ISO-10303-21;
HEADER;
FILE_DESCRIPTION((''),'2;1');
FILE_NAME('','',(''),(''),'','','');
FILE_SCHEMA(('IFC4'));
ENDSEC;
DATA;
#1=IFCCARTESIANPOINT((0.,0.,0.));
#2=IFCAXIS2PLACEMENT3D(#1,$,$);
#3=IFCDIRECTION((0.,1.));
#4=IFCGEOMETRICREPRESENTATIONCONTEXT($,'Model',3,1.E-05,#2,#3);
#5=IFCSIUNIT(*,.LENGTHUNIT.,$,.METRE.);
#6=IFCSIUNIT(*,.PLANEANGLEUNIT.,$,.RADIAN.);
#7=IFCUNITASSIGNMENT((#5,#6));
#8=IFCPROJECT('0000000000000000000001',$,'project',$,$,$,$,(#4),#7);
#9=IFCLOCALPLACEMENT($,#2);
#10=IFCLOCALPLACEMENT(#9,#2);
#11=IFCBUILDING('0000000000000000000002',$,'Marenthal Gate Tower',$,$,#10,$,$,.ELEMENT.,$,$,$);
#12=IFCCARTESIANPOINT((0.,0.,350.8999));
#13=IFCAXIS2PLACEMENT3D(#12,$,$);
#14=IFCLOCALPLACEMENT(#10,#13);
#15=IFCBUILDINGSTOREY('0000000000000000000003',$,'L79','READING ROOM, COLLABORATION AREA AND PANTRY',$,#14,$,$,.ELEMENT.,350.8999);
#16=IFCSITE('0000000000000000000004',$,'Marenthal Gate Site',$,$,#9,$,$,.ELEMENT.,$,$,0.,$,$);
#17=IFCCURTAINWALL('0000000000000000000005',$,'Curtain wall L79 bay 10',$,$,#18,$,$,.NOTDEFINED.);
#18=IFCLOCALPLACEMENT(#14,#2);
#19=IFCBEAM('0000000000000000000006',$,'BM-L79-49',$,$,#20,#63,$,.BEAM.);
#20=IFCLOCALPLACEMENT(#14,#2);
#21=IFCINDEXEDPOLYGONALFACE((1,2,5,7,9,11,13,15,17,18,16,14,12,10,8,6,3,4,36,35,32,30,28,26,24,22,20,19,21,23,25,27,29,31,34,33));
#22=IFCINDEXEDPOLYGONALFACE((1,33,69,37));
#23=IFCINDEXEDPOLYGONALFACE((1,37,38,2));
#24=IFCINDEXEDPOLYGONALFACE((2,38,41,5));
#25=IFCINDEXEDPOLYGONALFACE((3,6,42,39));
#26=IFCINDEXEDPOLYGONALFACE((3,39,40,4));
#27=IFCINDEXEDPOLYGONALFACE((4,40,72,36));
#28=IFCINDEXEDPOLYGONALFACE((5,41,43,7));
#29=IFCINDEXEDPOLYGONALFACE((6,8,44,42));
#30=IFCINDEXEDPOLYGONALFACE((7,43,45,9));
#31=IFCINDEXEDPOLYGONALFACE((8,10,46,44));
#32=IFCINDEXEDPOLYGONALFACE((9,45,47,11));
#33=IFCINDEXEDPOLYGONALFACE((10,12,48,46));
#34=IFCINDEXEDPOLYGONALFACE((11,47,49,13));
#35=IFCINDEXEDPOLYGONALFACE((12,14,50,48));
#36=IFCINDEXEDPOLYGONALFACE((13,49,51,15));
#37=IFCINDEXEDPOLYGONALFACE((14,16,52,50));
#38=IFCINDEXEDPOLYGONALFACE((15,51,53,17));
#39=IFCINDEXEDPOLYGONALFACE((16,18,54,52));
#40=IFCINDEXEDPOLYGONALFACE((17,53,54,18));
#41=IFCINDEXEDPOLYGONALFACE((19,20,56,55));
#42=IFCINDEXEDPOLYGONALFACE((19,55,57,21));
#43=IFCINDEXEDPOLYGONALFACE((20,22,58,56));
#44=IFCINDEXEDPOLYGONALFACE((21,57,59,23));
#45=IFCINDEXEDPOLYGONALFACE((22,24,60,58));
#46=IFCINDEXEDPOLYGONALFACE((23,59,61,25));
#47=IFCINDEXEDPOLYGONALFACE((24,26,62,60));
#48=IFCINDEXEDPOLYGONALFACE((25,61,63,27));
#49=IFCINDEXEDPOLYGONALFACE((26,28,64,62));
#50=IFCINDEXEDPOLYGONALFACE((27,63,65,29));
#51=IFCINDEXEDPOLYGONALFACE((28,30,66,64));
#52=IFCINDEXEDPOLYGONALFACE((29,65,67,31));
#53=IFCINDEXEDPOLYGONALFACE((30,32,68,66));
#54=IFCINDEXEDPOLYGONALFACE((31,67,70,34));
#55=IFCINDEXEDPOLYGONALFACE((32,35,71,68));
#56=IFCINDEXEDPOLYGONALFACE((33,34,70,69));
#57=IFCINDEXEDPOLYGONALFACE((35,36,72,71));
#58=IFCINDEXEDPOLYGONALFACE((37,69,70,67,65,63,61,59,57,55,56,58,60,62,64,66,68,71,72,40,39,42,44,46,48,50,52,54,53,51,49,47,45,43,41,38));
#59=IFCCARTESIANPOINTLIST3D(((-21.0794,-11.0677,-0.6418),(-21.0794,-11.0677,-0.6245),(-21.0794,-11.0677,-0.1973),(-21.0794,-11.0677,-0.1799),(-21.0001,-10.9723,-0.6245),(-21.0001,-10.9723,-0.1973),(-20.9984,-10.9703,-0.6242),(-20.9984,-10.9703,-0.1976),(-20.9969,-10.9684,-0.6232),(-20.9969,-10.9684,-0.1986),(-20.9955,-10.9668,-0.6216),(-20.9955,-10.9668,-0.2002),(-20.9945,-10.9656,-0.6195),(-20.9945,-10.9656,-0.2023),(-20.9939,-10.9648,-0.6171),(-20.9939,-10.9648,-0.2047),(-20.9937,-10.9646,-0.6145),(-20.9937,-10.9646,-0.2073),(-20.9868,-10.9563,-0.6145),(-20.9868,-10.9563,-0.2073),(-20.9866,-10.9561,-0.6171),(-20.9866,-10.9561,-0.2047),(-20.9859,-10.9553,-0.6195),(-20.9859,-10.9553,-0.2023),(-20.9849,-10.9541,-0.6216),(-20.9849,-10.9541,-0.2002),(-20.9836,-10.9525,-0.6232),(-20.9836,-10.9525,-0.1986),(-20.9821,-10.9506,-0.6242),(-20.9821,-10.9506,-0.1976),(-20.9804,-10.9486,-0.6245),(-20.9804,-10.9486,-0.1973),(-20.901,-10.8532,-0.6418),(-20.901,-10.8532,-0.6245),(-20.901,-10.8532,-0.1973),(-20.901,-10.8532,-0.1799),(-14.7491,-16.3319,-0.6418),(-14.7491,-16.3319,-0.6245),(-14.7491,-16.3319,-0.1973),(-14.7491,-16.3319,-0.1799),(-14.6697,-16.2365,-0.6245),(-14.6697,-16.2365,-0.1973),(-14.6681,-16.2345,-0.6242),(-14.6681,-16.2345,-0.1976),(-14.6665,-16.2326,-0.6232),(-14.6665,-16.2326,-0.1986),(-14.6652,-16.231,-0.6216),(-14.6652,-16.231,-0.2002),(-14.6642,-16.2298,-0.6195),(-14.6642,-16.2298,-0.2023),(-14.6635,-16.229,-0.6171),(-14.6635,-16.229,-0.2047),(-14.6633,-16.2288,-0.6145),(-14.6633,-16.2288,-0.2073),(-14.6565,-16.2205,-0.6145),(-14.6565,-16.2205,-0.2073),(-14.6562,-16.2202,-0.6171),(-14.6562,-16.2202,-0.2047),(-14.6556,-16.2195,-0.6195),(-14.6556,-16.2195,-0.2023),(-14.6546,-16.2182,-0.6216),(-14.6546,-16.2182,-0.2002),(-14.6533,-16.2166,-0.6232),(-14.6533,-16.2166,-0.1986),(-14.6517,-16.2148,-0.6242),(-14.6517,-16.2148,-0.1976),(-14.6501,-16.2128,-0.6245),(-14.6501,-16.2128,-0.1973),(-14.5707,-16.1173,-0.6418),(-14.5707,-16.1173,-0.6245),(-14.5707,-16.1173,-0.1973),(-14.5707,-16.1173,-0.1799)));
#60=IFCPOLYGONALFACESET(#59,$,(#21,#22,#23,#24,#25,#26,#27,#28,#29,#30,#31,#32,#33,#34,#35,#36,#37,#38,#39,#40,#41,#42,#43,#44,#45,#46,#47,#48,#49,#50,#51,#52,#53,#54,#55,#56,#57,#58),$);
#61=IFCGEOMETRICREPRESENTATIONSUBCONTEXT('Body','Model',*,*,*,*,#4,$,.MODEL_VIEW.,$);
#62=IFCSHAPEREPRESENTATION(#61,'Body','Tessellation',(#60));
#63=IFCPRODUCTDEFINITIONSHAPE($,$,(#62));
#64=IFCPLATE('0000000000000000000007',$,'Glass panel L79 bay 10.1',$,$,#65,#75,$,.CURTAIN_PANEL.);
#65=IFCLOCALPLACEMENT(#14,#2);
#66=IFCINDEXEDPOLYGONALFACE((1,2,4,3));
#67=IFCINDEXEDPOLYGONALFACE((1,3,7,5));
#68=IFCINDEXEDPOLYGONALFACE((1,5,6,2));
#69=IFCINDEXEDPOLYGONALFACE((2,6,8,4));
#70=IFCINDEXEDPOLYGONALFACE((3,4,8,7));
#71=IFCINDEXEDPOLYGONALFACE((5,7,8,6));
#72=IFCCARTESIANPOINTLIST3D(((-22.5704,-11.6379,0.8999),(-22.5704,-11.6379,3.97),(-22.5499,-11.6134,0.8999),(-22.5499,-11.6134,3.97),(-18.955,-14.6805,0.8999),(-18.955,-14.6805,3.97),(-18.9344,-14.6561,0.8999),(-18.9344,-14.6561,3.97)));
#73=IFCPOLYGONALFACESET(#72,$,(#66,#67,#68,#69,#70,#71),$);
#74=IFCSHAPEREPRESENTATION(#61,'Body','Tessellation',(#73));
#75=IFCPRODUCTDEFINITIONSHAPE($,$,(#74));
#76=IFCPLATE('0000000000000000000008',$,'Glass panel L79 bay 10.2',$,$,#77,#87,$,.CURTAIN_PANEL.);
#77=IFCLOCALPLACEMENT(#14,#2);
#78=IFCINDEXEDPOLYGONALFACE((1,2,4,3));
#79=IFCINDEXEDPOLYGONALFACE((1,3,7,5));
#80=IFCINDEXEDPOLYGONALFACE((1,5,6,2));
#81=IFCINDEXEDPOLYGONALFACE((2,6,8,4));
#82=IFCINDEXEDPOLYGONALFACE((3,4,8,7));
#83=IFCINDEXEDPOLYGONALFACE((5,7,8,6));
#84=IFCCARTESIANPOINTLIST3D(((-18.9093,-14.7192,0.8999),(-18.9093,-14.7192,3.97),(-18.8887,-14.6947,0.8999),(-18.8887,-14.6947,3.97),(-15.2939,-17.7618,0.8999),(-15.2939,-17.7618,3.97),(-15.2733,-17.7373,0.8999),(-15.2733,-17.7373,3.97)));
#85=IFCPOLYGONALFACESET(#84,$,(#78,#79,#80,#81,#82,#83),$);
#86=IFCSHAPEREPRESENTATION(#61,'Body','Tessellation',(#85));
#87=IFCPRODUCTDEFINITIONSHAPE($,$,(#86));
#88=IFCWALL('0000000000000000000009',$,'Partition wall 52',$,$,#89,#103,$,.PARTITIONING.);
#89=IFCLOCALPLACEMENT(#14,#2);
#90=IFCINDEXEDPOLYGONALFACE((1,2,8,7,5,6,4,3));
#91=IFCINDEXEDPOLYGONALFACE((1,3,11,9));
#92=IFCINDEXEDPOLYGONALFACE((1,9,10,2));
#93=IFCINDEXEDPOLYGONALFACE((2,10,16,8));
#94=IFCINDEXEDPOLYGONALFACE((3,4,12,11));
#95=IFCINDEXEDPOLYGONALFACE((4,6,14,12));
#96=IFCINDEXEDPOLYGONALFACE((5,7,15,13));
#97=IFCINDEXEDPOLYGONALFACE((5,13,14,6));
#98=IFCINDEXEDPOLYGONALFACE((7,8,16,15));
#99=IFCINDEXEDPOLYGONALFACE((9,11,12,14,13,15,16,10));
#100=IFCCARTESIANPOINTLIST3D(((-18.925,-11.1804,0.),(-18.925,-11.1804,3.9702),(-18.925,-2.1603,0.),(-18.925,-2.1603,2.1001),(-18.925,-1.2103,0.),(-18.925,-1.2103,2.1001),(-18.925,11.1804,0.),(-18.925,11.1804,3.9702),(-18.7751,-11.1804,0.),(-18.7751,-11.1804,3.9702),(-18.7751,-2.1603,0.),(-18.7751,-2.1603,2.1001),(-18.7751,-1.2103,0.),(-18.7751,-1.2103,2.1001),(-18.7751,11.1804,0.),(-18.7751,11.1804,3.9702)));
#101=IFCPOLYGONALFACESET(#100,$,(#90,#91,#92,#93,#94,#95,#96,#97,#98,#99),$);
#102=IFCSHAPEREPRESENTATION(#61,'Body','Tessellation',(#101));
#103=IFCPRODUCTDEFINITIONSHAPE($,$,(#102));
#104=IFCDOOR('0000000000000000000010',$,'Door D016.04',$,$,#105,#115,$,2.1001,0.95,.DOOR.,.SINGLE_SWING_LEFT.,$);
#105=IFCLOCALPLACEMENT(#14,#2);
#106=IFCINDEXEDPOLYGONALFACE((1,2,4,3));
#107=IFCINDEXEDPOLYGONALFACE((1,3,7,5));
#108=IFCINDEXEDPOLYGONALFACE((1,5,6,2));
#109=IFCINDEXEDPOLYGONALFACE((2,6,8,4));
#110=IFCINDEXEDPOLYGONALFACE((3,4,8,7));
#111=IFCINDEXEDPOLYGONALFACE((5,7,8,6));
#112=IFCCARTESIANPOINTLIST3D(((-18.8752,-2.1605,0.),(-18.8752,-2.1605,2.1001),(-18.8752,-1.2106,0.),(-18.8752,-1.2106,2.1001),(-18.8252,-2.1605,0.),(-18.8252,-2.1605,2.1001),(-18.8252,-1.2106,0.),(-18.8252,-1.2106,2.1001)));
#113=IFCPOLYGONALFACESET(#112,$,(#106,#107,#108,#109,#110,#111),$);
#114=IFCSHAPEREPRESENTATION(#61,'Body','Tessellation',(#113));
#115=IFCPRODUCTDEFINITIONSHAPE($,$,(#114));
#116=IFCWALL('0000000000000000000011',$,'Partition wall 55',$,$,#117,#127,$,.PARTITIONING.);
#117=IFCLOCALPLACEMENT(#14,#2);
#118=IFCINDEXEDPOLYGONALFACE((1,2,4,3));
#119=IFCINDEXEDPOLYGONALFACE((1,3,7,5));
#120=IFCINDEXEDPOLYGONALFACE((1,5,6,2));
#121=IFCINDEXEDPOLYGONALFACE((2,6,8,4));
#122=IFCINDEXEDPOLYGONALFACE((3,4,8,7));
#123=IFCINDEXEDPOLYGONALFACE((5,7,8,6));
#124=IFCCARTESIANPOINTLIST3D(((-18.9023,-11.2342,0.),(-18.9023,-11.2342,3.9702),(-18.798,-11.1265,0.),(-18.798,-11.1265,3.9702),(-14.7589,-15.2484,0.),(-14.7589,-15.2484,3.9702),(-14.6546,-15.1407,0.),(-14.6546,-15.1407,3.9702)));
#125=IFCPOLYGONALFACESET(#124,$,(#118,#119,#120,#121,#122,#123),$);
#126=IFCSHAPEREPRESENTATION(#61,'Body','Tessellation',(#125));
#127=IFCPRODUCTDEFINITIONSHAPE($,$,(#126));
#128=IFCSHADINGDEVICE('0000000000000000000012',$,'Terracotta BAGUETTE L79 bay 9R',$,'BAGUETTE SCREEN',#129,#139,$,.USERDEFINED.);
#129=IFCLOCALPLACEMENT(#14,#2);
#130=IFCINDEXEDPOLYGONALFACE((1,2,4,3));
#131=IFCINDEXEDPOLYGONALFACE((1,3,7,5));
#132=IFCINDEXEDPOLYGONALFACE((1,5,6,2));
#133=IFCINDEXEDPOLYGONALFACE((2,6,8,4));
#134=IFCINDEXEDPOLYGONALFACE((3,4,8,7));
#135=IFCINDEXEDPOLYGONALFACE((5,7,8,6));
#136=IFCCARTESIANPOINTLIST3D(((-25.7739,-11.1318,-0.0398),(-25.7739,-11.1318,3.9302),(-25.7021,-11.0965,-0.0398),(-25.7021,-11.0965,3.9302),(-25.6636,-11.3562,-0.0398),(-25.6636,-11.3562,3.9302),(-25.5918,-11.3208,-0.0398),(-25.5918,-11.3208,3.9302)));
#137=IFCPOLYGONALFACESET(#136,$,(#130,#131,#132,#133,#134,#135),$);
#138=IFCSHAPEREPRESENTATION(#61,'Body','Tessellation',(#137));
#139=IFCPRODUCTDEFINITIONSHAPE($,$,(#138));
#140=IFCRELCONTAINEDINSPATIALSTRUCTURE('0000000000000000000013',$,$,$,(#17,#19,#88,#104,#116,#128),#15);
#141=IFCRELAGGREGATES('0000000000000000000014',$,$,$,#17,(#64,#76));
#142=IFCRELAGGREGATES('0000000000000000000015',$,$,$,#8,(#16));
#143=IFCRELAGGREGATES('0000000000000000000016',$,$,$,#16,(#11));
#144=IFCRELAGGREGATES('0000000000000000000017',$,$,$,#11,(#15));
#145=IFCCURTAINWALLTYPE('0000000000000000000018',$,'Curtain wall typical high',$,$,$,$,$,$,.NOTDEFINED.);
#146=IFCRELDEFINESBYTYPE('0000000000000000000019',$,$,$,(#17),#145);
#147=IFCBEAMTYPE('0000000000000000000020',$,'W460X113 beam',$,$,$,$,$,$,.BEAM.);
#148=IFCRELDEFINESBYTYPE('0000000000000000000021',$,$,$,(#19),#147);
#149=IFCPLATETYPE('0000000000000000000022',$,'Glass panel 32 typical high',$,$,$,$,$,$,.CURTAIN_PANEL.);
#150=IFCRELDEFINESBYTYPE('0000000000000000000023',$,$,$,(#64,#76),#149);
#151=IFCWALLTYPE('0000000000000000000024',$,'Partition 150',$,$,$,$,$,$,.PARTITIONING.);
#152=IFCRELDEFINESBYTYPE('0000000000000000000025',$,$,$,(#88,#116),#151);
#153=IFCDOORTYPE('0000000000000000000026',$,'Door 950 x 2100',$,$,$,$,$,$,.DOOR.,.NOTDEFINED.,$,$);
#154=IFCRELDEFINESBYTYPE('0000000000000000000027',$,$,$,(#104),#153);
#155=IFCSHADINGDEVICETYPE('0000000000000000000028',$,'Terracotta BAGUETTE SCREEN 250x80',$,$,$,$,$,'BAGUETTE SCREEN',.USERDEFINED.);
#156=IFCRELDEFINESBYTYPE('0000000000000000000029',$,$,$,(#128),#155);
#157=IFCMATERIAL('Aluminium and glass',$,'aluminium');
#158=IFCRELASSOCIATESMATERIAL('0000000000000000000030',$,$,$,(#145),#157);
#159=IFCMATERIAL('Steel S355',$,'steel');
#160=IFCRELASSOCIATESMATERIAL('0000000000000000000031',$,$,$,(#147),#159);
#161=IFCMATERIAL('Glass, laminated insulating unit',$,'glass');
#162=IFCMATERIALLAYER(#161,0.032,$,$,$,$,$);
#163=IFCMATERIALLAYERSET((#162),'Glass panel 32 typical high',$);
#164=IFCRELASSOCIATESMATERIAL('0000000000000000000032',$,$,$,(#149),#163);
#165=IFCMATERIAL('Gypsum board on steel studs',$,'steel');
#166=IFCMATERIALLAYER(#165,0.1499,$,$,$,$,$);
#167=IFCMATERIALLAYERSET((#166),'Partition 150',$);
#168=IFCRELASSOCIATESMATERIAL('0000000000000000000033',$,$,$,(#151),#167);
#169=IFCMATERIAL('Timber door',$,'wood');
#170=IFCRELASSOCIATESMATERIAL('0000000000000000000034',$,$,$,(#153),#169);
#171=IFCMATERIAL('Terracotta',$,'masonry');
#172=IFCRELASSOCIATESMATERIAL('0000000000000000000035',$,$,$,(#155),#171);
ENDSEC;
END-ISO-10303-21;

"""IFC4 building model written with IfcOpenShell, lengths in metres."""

from ifc_helpers import new_model, si_unit, direction, frame, frame_2d, origin, origin_2d, place, context, subcontext, project, spatial, rectangle, i_section, extrude, material, layer, layer_set, material_profile, profile_set, type_object, element, fill, aggregate, save


model = new_model("IFC4")

# Units and contexts
model_context = context("Model", 3, precision=1e-05, world=origin(), true_north=direction((0.0, 1.0)))
body_context = subcontext(model_context, "Body", "Model", "MODEL_VIEW")
ifc_project = project(units=[si_unit("LENGTHUNIT", "METRE"), si_unit("PLANEANGLEUNIT", "RADIAN")], contexts=[model_context])

# Site, building, storey
site_placement = place(None, origin())
site = spatial("IfcSite", under=ifc_project, at=site_placement, Name="Marenthal Gate Site", CompositionType="ELEMENT", RefElevation=0.0)
building_placement = place(site_placement, origin())
building = spatial("IfcBuilding", under=site, at=building_placement, Name="Marenthal Gate Tower", CompositionType="ELEMENT")
storey_placement = place(building_placement, frame((0.0, 0.0, 350.8999)))
storey = spatial("IfcBuildingStorey", under=building, at=storey_placement, Name="L79", Description="READING ROOM, COLLABORATION AREA AND PANTRY", CompositionType="ELEMENT", Elevation=350.8999)

# Curtain wall
ifc_material_1 = material(Name="Aluminium and glass", Category="aluminium")
curtain_wall_type = type_object("IfcCurtainWallType", Name="Curtain wall typical high", PredefinedType="NOTDEFINED", material=ifc_material_1)
curtain_wall_placement = place(storey_placement, origin())
curtain_wall = element("IfcCurtainWall", 1, at=curtain_wall_placement, inside=storey, type_object=curtain_wall_type, Name="Curtain wall L79 bay 10", PredefinedType="NOTDEFINED")

# Beam
ifc_material_2 = material(Name="Steel S355", Category="steel")
ifc_material_profile_1 = material_profile(ifc_material_2, i_section(OverallWidth=0.2791, OverallDepth=0.4619, WebThickness=0.0107, FlangeThickness=0.0173, FilletRadius=0.01, at=origin_2d()), Name="W460X113")
ifc_profile_set_1 = profile_set([ifc_material_profile_1], Name="Steel S355")
beam_type_1 = type_object("IfcBeamType", Name="W460X113 beam", PredefinedType="BEAM", material=ifc_profile_set_1)
beam_1_placement = place(storey_placement, frame((-20.9902, -10.9604, -0.4109), z_axis=(0.768884, -0.639388, 0.0), x_axis=(0.639388, 0.768884, 0.0)))
element("IfcBeam", 2, at=beam_1_placement, inside=storey, type_object=beam_type_1, Name="BM-L79-49", PredefinedType="BEAM", context=body_context, shape_type="SweptSolid", body=[
    extrude(i_section(OverallWidth=0.2791, OverallDepth=0.4619, WebThickness=0.0107, FlangeThickness=0.0173, FilletRadius=0.01, at=origin_2d()), origin(), (0.0, 0.0, 1.0), 8.2332),
])

# Plates
ifc_material_3 = material(Name="Glass, laminated insulating unit", Category="glass")
ifc_layer_1 = layer(ifc_material_3, 0.032)
ifc_layer_set_1 = layer_set([ifc_layer_1], Name="Glass panel 32 typical high")
plate_type = type_object("IfcPlateType", Name="Glass panel 32 typical high", PredefinedType="CURTAIN_PANEL", material=ifc_layer_set_1)
plate_1_placement = place(storey_placement, frame((-20.7524, -13.147, 0.8999), z_axis=(0.0, 0.0, 1.0), x_axis=(0.765113, -0.643896, 0.0)))
plate_1 = element("IfcPlate", 3, at=plate_1_placement, type_object=plate_type, Name="Glass panel L79 bay 10.1", PredefinedType="CURTAIN_PANEL", context=body_context, shape_type="SweptSolid", body=[
    extrude(rectangle(XDim=4.7253, YDim=0.032, at=origin_2d()), origin(), (0.0, 0.0, 1.0), 3.0701),
])
plate_2_placement = place(storey_placement, frame((-17.0913, -16.2283, 0.8999), z_axis=(0.0, 0.0, 1.0), x_axis=(0.765113, -0.643896, 0.0)))
plate_2 = element("IfcPlate", 4, at=plate_2_placement, type_object=plate_type, Name="Glass panel L79 bay 10.2", PredefinedType="CURTAIN_PANEL", context=body_context, shape_type="SweptSolid", body=[
    extrude(rectangle(XDim=4.7253, YDim=0.032, at=origin_2d()), origin(), (0.0, 0.0, 1.0), 3.0701),
])
aggregate(curtain_wall, [plate_1, plate_2])

# Wall, opening, door
ifc_material_4 = material(Name="Gypsum board on steel studs", Category="steel")
ifc_layer_2 = layer(ifc_material_4, 0.1499)
ifc_layer_set_2 = layer_set([ifc_layer_2], Name="Partition 150")
wall_type_1 = type_object("IfcWallType", Name="Partition 150", PredefinedType="PARTITIONING", material=ifc_layer_set_2)
wall_1_placement = place(storey_placement, frame((-18.8501, -11.1804, 0.0), z_axis=(0.0, 0.0, 1.0), x_axis=(0.0, 1.0, 0.0)))
wall_1 = element("IfcWall", 5, at=wall_1_placement, inside=storey, type_object=wall_type_1, Name="Partition wall 52", PredefinedType="PARTITIONING", context=body_context, shape_type="SweptSolid", body=[
    extrude(rectangle(XDim=22.3608, YDim=0.1499, at=frame_2d((11.1804, 0.0))), origin(), (0.0, 0.0, 1.0), 3.9702),
])
opening_1_placement = place(wall_1_placement, frame((9.02, 0.0, 0.0)))
opening_1 = element("IfcOpeningElement", 6, at=opening_1_placement, cuts=wall_1, PredefinedType="OPENING", context=body_context, shape_type="SweptSolid", body=[
    extrude(rectangle(XDim=0.95, YDim=2.1001, at=frame_2d((0.4751, 1.05))), frame((0.0, 0.085, 0.0), z_axis=(0.0, -1.0, 0.0), x_axis=(1.0, 0.0, 0.0)), (0.0, 0.0, 1.0), 0.1699),
])
ifc_material_5 = material(Name="Timber door", Category="wood")
door_type_1 = type_object("IfcDoorType", Name="Door 950 x 2100", OperationType="NOTDEFINED", PredefinedType="DOOR", material=ifc_material_5)
door_1_placement = place(opening_1_placement, frame((0.95, 0.0, 0.0), z_axis=(0.0, 0.0, 1.0), x_axis=(-1.0, 0.0, 0.0)))
door_1 = element("IfcDoor", 7, at=door_1_placement, inside=storey, type_object=door_type_1, Name="Door D016.04", OperationType="SINGLE_SWING_LEFT", OverallHeight=2.1001, OverallWidth=0.95, PredefinedType="DOOR", context=body_context, shape_type="SweptSolid", body=[
    extrude(rectangle(XDim=0.95, YDim=2.1001, at=frame_2d((0.4751, 1.05))), frame((0.0, 0.0249, 0.0), z_axis=(0.0, -1.0, 0.0), x_axis=(1.0, 0.0, 0.0)), (0.0, 0.0, 1.0), 0.05),
])
fill(opening_1, door_1)

# Wall
wall_2_placement = place(storey_placement, frame((-14.7068, -15.1946, 0.0), z_axis=(0.0, 0.0, 1.0), x_axis=(-0.718212, 0.695825, 0.0)))
element("IfcWall", 8, at=wall_2_placement, inside=storey, type_object=wall_type_1, Name="Partition wall 55", PredefinedType="PARTITIONING", context=body_context, shape_type="SweptSolid", body=[
    extrude(rectangle(XDim=5.769, YDim=0.1499, at=frame_2d((2.8845, 0.0))), origin(), (0.0, 0.0, 1.0), 3.9702),
])

# Shading device
ifc_material_6 = material(Name="Terracotta", Category="masonry")
ifc_material_profile_2 = material_profile(ifc_material_6, rectangle(XDim=0.25, YDim=0.0801, at=origin_2d()), Name="Terracotta baguette 250x80")
ifc_profile_set_2 = profile_set([ifc_material_profile_2], Name="Terracotta")
shading_device_type = type_object("IfcShadingDeviceType", Name="Terracotta BAGUETTE SCREEN 250x80", ElementType="BAGUETTE SCREEN", PredefinedType="USERDEFINED", material=ifc_profile_set_2)
shading_device_placement = place(storey_placement, frame((-25.6829, -11.2263, -0.0398), z_axis=(0.0, 0.0, 1.0), x_axis=(0.441181, -0.897418, 0.0)))
element("IfcShadingDevice", 9, at=shading_device_placement, inside=storey, type_object=shading_device_type, Name="Terracotta BAGUETTE L79 bay 9R", ObjectType="BAGUETTE SCREEN", PredefinedType="USERDEFINED", context=body_context, shape_type="SweptSolid", body=[
    extrude(rectangle(XDim=0.25, YDim=0.0801, at=origin_2d()), origin(), (0.0, 0.0, 1.0), 3.97),
])

save(model, "model.ifc")
